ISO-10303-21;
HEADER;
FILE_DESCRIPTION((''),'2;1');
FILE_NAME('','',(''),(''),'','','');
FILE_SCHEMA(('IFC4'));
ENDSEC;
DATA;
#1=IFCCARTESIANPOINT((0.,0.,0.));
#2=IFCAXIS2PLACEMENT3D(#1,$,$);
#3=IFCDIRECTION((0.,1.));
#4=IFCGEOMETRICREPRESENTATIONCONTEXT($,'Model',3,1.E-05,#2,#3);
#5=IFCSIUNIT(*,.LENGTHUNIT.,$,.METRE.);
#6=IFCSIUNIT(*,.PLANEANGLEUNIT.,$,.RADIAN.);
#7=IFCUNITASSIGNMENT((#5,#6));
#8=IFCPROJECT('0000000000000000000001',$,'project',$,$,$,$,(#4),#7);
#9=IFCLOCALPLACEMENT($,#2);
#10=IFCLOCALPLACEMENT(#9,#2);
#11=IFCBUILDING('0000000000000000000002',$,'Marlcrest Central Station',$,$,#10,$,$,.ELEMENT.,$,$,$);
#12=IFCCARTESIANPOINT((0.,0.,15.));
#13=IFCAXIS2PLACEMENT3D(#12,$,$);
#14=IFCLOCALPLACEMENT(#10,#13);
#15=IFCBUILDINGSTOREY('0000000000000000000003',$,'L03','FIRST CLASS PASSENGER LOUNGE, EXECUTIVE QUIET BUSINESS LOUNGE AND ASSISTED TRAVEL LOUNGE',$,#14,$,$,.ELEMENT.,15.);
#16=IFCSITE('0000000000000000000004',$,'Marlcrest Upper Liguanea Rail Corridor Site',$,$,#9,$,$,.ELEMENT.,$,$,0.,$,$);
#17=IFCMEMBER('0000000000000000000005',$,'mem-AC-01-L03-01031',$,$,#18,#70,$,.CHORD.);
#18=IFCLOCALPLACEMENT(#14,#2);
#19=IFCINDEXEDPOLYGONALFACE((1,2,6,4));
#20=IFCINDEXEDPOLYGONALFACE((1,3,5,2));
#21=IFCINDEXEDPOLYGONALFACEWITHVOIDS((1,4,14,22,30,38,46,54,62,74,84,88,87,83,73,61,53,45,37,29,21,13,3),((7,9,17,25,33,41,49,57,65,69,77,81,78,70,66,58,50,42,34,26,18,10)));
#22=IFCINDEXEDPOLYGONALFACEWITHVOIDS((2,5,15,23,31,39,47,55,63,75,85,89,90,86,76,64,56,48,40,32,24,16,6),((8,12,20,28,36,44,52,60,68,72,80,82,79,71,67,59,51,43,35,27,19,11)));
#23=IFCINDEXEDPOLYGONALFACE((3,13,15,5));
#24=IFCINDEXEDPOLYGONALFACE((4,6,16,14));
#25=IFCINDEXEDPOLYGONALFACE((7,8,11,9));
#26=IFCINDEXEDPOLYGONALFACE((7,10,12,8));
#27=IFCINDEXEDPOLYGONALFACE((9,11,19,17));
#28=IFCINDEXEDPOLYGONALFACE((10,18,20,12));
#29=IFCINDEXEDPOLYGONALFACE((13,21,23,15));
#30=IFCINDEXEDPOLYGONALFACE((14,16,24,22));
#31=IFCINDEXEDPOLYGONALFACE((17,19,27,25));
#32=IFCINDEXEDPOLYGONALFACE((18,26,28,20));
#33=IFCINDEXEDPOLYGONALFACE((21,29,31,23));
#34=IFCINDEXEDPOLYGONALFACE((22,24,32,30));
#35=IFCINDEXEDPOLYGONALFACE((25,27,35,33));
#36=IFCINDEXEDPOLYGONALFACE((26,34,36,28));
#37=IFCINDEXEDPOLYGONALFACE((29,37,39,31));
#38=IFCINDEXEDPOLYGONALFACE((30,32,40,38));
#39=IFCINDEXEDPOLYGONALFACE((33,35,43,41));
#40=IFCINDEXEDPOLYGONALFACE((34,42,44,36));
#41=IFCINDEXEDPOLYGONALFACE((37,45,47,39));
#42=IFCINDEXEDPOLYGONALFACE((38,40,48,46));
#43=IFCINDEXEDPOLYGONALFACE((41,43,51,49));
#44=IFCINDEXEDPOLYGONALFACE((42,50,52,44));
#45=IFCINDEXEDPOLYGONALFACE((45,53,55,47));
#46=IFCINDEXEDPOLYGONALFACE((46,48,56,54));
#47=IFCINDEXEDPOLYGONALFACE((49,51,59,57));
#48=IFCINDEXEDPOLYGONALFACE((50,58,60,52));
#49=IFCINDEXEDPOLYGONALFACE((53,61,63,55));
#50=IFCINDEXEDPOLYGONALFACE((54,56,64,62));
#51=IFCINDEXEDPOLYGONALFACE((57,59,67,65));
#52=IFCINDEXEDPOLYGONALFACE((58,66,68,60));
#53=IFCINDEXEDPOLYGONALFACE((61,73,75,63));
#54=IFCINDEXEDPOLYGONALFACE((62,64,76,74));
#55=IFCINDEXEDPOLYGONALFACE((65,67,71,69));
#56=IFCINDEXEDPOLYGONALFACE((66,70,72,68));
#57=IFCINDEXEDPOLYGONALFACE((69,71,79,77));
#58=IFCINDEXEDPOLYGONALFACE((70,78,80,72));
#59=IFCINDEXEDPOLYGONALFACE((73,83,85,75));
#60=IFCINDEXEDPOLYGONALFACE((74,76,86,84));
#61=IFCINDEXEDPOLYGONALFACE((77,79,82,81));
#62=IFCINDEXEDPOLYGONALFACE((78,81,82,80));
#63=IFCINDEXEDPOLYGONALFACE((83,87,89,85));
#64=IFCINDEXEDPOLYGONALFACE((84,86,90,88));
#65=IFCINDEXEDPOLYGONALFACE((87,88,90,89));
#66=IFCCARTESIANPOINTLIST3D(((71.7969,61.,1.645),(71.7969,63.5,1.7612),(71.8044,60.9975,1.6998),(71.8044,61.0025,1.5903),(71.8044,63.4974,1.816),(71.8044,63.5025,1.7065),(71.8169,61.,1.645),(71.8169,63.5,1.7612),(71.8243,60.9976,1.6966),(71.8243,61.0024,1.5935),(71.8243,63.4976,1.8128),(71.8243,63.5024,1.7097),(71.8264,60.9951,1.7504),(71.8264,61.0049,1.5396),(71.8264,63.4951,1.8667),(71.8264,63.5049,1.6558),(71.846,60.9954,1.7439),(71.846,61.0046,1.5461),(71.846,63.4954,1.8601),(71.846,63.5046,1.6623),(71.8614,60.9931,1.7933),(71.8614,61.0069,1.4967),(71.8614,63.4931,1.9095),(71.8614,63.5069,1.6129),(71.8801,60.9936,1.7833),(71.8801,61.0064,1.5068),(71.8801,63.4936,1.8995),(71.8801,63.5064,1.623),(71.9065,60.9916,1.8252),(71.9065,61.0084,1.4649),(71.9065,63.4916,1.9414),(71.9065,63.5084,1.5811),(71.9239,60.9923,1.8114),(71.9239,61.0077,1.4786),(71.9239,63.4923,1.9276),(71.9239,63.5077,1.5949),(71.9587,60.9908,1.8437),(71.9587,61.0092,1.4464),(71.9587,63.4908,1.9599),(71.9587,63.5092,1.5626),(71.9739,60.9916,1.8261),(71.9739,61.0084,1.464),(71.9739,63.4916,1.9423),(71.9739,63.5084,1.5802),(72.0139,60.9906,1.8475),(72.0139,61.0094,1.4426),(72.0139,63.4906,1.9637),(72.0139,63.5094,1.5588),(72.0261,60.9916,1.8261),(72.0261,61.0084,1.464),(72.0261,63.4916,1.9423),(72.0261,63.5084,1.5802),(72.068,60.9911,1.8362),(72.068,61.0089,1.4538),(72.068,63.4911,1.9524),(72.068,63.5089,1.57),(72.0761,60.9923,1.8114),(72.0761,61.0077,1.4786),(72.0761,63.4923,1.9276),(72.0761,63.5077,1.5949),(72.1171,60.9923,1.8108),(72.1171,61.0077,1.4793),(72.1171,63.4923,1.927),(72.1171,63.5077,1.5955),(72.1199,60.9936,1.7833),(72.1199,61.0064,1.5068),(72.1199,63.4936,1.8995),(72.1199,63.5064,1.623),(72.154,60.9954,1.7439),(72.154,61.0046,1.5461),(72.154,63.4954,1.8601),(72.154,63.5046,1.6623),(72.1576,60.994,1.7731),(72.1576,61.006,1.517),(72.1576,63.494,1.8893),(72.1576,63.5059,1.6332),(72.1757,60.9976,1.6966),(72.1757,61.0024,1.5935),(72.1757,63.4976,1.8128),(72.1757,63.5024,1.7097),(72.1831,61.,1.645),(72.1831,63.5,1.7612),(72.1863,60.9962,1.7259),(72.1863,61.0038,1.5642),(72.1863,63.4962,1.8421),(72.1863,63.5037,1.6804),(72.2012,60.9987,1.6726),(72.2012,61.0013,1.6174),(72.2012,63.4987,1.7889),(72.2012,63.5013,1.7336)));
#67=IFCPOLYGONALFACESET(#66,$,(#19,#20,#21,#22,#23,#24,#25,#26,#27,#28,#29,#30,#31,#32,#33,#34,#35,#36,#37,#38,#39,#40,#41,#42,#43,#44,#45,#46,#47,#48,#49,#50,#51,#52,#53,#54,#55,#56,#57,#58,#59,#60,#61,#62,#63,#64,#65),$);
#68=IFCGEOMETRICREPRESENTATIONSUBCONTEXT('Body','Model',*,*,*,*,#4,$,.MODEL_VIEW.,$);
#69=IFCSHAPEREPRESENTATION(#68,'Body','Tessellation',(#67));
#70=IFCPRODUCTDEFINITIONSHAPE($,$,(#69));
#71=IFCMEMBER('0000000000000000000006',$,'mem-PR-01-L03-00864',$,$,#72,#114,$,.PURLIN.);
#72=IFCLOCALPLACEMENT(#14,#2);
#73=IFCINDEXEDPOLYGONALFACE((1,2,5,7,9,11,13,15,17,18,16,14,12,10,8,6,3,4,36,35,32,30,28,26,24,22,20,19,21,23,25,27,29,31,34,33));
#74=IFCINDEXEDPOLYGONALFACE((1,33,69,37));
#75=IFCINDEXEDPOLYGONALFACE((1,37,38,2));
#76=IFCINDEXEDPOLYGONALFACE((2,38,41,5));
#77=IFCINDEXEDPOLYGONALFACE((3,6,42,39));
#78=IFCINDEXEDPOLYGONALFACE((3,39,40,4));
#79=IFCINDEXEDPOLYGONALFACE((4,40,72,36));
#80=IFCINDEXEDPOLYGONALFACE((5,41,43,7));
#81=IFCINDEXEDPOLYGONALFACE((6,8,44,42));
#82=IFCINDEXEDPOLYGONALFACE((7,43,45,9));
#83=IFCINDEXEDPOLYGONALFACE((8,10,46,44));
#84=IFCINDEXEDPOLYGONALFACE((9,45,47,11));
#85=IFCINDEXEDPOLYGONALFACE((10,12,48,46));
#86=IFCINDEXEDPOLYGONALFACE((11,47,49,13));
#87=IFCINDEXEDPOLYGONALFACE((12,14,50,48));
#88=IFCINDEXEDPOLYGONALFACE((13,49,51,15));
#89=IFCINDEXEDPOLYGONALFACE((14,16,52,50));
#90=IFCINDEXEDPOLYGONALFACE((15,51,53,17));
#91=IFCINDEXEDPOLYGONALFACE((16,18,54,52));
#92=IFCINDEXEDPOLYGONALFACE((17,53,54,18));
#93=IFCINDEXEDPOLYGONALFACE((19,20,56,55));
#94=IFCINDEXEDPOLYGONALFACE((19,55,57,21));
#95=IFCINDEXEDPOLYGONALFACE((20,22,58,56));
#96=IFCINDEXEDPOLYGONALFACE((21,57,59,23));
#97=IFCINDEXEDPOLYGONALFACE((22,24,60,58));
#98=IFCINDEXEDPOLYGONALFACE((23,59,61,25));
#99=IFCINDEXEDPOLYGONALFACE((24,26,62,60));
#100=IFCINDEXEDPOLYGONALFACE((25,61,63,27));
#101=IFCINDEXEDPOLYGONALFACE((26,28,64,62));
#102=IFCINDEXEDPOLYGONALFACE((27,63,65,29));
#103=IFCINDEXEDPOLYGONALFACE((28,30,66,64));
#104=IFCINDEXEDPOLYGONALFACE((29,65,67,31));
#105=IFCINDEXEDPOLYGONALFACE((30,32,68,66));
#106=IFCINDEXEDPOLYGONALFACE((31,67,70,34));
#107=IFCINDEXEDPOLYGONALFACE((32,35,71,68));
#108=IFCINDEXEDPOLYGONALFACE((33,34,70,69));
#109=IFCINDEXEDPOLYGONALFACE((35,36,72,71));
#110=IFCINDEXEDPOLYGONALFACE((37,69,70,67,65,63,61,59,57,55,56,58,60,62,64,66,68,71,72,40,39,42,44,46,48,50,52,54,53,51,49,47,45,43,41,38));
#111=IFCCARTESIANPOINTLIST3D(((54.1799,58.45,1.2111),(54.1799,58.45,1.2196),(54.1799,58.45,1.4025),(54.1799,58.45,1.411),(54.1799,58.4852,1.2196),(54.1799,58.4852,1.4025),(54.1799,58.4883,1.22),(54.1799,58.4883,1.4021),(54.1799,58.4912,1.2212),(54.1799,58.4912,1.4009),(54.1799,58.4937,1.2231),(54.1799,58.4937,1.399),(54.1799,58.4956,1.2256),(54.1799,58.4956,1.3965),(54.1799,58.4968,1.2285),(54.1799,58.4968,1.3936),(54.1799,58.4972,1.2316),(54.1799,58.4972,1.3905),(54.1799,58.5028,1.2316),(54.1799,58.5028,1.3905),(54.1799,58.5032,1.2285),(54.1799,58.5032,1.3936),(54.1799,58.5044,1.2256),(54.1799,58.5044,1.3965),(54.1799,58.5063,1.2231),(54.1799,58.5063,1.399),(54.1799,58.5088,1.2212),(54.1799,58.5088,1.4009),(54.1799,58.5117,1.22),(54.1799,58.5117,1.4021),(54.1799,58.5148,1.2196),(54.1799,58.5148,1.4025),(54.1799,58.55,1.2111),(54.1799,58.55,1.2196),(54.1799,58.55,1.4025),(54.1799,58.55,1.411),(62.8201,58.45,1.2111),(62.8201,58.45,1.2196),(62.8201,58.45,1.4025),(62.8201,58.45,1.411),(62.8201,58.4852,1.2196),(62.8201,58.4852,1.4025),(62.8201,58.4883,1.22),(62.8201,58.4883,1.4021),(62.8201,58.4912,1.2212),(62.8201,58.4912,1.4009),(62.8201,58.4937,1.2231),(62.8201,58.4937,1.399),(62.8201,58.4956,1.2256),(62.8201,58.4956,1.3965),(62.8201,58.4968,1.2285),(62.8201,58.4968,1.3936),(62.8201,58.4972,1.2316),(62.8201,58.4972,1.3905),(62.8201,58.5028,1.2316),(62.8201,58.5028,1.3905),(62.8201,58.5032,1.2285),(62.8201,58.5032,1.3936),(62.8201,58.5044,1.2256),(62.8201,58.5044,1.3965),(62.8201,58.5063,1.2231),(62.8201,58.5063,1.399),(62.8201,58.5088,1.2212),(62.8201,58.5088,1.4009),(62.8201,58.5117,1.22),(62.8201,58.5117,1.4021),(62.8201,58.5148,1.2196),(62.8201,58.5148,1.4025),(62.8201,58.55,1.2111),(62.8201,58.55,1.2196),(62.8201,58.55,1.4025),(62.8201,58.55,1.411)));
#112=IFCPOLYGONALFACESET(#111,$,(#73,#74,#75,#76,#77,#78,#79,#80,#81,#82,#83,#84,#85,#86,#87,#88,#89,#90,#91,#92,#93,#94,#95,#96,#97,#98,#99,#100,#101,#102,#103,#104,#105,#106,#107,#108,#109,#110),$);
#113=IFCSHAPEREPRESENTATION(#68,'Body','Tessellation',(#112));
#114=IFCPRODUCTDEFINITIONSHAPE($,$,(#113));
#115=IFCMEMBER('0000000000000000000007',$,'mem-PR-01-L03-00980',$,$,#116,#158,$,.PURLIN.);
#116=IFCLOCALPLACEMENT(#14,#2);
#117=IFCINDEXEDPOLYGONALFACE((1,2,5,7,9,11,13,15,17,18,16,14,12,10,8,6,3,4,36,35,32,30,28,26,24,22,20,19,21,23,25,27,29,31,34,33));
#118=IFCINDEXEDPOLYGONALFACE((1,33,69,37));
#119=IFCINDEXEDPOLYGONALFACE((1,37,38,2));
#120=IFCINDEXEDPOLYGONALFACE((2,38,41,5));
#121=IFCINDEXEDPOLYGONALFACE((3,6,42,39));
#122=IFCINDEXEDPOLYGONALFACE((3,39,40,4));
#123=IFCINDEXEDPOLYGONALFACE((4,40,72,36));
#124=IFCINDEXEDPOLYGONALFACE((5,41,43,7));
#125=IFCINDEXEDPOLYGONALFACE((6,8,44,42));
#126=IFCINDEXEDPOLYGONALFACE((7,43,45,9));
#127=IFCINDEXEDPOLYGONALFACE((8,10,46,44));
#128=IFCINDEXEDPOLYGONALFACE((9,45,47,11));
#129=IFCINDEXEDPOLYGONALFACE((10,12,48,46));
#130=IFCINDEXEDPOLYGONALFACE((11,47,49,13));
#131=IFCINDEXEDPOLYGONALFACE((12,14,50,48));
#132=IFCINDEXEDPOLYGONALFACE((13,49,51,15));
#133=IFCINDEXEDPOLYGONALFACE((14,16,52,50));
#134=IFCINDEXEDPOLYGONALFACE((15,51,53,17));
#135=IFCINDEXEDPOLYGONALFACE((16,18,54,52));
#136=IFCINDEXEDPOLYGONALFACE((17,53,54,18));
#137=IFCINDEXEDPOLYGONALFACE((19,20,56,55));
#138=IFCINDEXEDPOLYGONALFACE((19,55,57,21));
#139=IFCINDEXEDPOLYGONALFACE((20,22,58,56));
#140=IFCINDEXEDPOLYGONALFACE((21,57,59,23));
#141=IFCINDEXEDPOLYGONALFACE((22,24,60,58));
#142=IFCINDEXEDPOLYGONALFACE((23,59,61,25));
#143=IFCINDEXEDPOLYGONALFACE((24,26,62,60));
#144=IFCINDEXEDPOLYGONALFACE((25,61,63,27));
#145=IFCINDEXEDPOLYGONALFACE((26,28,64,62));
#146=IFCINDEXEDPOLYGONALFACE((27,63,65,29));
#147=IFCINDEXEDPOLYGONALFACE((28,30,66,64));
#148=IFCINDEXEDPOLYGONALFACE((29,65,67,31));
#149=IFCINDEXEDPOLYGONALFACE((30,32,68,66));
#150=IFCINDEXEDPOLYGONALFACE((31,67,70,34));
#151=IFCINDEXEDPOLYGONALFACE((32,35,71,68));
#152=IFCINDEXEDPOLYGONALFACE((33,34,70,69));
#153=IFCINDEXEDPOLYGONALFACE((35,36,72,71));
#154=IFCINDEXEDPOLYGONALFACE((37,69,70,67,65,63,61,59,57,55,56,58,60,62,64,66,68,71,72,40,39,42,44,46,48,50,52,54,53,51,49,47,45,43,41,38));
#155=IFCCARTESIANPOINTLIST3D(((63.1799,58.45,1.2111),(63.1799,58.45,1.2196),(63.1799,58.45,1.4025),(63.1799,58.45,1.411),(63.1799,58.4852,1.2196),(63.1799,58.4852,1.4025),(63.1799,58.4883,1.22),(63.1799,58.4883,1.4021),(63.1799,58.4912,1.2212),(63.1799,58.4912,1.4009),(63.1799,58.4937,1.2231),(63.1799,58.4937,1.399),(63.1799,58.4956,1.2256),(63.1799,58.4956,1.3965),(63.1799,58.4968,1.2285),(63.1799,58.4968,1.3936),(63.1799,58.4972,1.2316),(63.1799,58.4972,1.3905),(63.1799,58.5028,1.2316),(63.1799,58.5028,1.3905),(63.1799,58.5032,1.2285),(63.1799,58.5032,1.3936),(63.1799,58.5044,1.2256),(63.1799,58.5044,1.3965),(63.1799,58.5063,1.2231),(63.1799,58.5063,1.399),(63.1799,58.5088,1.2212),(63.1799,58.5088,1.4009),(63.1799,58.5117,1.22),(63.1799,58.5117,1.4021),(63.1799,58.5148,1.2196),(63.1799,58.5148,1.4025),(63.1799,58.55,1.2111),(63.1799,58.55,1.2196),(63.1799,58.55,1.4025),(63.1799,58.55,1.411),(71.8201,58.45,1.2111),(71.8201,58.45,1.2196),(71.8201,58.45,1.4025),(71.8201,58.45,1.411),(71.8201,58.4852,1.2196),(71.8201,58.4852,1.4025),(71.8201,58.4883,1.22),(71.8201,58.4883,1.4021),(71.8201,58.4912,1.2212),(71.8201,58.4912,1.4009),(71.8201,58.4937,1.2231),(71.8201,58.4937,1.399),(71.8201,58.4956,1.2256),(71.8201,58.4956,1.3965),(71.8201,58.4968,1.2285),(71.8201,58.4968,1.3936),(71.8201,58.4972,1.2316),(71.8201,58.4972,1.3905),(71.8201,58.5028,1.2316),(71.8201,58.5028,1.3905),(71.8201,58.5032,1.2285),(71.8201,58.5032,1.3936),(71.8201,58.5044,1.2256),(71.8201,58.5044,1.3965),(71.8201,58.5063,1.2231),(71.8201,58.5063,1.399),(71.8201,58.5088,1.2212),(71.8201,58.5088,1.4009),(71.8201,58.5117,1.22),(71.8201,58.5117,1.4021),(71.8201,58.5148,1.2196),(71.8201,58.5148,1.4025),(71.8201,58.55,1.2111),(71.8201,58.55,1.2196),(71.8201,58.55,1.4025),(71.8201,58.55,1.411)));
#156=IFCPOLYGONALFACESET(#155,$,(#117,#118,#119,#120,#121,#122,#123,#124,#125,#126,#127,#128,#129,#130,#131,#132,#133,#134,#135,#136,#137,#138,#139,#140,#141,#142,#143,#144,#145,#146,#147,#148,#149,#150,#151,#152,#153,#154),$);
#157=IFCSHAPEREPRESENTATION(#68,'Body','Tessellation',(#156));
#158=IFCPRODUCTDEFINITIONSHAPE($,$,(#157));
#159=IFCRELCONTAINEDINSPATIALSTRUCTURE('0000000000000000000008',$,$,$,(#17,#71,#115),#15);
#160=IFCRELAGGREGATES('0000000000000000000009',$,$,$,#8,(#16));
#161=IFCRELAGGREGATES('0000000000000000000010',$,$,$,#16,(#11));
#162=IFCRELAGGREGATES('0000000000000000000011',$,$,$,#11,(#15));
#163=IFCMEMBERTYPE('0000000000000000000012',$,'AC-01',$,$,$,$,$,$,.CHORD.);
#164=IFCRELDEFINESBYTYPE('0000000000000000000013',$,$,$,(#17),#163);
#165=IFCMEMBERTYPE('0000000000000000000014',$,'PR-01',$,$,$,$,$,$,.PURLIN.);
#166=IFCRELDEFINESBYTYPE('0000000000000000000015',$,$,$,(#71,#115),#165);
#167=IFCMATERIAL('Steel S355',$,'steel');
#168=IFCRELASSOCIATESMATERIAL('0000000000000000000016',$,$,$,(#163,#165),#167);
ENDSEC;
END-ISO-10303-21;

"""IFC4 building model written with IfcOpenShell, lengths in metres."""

from ifc_helpers import new_model, si_unit, direction, frame, origin, origin_2d, place, context, subcontext, project, spatial, hollow_circle, i_section, extrude, material, material_profile, profile_set, type_object, element, save


model = new_model("IFC4")

# Units and contexts
model_context = context("Model", 3, precision=1e-05, world=origin(), true_north=direction((0.0, 1.0)))
body_context = subcontext(model_context, "Body", "Model", "MODEL_VIEW")
ifc_project = project(units=[si_unit("LENGTHUNIT", "METRE"), si_unit("PLANEANGLEUNIT", "RADIAN")], contexts=[model_context])

# Site, building, storey
site_placement = place(None, origin())
site = spatial("IfcSite", under=ifc_project, at=site_placement, Name="Marlcrest Upper Liguanea Rail Corridor Site", CompositionType="ELEMENT", RefElevation=0.0)
building_placement = place(site_placement, origin())
building = spatial("IfcBuilding", under=site, at=building_placement, Name="Marlcrest Central Station", CompositionType="ELEMENT")
storey_placement = place(building_placement, frame((0.0, 0.0, 15.0)))
storey = spatial("IfcBuildingStorey", under=building, at=storey_placement, Name="L03", Description="FIRST CLASS PASSENGER LOUNGE, EXECUTIVE QUIET BUSINESS LOUNGE AND ASSISTED TRAVEL LOUNGE", CompositionType="ELEMENT", Elevation=15.0)

# Members
ifc_material_1 = material(Name="Steel S355", Category="steel")
ifc_material_profile_1 = material_profile(ifc_material_1, hollow_circle(Radius=0.2031, WallThickness=0.02, at=origin_2d()), Name="CHS 406.4x20")
ifc_profile_set_1 = profile_set([ifc_material_profile_1], Name="Steel S355")
member_type_1 = type_object("IfcMemberType", Name="AC-01", PredefinedType="CHORD", material=ifc_profile_set_1)
member_1_placement = place(storey_placement, frame((72.0, 61.0, 1.645), z_axis=(0.0, 0.998921, 0.046434), x_axis=(-1.0, 0.0, 0.0)))
element("IfcMember", 1, at=member_1_placement, inside=storey, type_object=member_type_1, Name="mem-AC-01-L03-01031", PredefinedType="CHORD", context=body_context, shape_type="SweptSolid", body=[
    extrude(hollow_circle(Radius=0.2031, WallThickness=0.02, at=origin_2d()), origin(), (0.0, 0.0, 1.0), 2.5027),
])
ifc_material_profile_2 = material_profile(ifc_material_1, i_section(OverallWidth=0.1001, OverallDepth=0.2, WebThickness=0.0056, FlangeThickness=0.0085, FilletRadius=0.012, at=origin_2d()), Name="IPE 200")
ifc_profile_set_2 = profile_set([ifc_material_profile_2], Name="Steel S355")
member_type_2 = type_object("IfcMemberType", Name="PR-01", PredefinedType="PURLIN", material=ifc_profile_set_2)
for number, where, z_axis, x_axis, name in (
    (2, (54.1799, 58.5, 1.311), (1.0, 0.0, 0.0), (0.0, 1.0, 0.0), "mem-PR-01-L03-00864"),
    (3, (63.1799, 58.5, 1.311), (1.0, 0.0, 0.0), (0.0, 1.0, 0.0), "mem-PR-01-L03-00980"),
):
    element("IfcMember", number, at=place(storey_placement, frame(where, z_axis=z_axis, x_axis=x_axis)), inside=storey, type_object=member_type_2, Name=name, PredefinedType="PURLIN", context=body_context, shape_type="SweptSolid", body=[
        extrude(i_section(OverallWidth=0.1001, OverallDepth=0.2, WebThickness=0.0056, FlangeThickness=0.0085, FilletRadius=0.012, at=origin_2d()), origin(), (0.0, 0.0, 1.0), 8.6401),
    ])

save(model, "model.ifc")
